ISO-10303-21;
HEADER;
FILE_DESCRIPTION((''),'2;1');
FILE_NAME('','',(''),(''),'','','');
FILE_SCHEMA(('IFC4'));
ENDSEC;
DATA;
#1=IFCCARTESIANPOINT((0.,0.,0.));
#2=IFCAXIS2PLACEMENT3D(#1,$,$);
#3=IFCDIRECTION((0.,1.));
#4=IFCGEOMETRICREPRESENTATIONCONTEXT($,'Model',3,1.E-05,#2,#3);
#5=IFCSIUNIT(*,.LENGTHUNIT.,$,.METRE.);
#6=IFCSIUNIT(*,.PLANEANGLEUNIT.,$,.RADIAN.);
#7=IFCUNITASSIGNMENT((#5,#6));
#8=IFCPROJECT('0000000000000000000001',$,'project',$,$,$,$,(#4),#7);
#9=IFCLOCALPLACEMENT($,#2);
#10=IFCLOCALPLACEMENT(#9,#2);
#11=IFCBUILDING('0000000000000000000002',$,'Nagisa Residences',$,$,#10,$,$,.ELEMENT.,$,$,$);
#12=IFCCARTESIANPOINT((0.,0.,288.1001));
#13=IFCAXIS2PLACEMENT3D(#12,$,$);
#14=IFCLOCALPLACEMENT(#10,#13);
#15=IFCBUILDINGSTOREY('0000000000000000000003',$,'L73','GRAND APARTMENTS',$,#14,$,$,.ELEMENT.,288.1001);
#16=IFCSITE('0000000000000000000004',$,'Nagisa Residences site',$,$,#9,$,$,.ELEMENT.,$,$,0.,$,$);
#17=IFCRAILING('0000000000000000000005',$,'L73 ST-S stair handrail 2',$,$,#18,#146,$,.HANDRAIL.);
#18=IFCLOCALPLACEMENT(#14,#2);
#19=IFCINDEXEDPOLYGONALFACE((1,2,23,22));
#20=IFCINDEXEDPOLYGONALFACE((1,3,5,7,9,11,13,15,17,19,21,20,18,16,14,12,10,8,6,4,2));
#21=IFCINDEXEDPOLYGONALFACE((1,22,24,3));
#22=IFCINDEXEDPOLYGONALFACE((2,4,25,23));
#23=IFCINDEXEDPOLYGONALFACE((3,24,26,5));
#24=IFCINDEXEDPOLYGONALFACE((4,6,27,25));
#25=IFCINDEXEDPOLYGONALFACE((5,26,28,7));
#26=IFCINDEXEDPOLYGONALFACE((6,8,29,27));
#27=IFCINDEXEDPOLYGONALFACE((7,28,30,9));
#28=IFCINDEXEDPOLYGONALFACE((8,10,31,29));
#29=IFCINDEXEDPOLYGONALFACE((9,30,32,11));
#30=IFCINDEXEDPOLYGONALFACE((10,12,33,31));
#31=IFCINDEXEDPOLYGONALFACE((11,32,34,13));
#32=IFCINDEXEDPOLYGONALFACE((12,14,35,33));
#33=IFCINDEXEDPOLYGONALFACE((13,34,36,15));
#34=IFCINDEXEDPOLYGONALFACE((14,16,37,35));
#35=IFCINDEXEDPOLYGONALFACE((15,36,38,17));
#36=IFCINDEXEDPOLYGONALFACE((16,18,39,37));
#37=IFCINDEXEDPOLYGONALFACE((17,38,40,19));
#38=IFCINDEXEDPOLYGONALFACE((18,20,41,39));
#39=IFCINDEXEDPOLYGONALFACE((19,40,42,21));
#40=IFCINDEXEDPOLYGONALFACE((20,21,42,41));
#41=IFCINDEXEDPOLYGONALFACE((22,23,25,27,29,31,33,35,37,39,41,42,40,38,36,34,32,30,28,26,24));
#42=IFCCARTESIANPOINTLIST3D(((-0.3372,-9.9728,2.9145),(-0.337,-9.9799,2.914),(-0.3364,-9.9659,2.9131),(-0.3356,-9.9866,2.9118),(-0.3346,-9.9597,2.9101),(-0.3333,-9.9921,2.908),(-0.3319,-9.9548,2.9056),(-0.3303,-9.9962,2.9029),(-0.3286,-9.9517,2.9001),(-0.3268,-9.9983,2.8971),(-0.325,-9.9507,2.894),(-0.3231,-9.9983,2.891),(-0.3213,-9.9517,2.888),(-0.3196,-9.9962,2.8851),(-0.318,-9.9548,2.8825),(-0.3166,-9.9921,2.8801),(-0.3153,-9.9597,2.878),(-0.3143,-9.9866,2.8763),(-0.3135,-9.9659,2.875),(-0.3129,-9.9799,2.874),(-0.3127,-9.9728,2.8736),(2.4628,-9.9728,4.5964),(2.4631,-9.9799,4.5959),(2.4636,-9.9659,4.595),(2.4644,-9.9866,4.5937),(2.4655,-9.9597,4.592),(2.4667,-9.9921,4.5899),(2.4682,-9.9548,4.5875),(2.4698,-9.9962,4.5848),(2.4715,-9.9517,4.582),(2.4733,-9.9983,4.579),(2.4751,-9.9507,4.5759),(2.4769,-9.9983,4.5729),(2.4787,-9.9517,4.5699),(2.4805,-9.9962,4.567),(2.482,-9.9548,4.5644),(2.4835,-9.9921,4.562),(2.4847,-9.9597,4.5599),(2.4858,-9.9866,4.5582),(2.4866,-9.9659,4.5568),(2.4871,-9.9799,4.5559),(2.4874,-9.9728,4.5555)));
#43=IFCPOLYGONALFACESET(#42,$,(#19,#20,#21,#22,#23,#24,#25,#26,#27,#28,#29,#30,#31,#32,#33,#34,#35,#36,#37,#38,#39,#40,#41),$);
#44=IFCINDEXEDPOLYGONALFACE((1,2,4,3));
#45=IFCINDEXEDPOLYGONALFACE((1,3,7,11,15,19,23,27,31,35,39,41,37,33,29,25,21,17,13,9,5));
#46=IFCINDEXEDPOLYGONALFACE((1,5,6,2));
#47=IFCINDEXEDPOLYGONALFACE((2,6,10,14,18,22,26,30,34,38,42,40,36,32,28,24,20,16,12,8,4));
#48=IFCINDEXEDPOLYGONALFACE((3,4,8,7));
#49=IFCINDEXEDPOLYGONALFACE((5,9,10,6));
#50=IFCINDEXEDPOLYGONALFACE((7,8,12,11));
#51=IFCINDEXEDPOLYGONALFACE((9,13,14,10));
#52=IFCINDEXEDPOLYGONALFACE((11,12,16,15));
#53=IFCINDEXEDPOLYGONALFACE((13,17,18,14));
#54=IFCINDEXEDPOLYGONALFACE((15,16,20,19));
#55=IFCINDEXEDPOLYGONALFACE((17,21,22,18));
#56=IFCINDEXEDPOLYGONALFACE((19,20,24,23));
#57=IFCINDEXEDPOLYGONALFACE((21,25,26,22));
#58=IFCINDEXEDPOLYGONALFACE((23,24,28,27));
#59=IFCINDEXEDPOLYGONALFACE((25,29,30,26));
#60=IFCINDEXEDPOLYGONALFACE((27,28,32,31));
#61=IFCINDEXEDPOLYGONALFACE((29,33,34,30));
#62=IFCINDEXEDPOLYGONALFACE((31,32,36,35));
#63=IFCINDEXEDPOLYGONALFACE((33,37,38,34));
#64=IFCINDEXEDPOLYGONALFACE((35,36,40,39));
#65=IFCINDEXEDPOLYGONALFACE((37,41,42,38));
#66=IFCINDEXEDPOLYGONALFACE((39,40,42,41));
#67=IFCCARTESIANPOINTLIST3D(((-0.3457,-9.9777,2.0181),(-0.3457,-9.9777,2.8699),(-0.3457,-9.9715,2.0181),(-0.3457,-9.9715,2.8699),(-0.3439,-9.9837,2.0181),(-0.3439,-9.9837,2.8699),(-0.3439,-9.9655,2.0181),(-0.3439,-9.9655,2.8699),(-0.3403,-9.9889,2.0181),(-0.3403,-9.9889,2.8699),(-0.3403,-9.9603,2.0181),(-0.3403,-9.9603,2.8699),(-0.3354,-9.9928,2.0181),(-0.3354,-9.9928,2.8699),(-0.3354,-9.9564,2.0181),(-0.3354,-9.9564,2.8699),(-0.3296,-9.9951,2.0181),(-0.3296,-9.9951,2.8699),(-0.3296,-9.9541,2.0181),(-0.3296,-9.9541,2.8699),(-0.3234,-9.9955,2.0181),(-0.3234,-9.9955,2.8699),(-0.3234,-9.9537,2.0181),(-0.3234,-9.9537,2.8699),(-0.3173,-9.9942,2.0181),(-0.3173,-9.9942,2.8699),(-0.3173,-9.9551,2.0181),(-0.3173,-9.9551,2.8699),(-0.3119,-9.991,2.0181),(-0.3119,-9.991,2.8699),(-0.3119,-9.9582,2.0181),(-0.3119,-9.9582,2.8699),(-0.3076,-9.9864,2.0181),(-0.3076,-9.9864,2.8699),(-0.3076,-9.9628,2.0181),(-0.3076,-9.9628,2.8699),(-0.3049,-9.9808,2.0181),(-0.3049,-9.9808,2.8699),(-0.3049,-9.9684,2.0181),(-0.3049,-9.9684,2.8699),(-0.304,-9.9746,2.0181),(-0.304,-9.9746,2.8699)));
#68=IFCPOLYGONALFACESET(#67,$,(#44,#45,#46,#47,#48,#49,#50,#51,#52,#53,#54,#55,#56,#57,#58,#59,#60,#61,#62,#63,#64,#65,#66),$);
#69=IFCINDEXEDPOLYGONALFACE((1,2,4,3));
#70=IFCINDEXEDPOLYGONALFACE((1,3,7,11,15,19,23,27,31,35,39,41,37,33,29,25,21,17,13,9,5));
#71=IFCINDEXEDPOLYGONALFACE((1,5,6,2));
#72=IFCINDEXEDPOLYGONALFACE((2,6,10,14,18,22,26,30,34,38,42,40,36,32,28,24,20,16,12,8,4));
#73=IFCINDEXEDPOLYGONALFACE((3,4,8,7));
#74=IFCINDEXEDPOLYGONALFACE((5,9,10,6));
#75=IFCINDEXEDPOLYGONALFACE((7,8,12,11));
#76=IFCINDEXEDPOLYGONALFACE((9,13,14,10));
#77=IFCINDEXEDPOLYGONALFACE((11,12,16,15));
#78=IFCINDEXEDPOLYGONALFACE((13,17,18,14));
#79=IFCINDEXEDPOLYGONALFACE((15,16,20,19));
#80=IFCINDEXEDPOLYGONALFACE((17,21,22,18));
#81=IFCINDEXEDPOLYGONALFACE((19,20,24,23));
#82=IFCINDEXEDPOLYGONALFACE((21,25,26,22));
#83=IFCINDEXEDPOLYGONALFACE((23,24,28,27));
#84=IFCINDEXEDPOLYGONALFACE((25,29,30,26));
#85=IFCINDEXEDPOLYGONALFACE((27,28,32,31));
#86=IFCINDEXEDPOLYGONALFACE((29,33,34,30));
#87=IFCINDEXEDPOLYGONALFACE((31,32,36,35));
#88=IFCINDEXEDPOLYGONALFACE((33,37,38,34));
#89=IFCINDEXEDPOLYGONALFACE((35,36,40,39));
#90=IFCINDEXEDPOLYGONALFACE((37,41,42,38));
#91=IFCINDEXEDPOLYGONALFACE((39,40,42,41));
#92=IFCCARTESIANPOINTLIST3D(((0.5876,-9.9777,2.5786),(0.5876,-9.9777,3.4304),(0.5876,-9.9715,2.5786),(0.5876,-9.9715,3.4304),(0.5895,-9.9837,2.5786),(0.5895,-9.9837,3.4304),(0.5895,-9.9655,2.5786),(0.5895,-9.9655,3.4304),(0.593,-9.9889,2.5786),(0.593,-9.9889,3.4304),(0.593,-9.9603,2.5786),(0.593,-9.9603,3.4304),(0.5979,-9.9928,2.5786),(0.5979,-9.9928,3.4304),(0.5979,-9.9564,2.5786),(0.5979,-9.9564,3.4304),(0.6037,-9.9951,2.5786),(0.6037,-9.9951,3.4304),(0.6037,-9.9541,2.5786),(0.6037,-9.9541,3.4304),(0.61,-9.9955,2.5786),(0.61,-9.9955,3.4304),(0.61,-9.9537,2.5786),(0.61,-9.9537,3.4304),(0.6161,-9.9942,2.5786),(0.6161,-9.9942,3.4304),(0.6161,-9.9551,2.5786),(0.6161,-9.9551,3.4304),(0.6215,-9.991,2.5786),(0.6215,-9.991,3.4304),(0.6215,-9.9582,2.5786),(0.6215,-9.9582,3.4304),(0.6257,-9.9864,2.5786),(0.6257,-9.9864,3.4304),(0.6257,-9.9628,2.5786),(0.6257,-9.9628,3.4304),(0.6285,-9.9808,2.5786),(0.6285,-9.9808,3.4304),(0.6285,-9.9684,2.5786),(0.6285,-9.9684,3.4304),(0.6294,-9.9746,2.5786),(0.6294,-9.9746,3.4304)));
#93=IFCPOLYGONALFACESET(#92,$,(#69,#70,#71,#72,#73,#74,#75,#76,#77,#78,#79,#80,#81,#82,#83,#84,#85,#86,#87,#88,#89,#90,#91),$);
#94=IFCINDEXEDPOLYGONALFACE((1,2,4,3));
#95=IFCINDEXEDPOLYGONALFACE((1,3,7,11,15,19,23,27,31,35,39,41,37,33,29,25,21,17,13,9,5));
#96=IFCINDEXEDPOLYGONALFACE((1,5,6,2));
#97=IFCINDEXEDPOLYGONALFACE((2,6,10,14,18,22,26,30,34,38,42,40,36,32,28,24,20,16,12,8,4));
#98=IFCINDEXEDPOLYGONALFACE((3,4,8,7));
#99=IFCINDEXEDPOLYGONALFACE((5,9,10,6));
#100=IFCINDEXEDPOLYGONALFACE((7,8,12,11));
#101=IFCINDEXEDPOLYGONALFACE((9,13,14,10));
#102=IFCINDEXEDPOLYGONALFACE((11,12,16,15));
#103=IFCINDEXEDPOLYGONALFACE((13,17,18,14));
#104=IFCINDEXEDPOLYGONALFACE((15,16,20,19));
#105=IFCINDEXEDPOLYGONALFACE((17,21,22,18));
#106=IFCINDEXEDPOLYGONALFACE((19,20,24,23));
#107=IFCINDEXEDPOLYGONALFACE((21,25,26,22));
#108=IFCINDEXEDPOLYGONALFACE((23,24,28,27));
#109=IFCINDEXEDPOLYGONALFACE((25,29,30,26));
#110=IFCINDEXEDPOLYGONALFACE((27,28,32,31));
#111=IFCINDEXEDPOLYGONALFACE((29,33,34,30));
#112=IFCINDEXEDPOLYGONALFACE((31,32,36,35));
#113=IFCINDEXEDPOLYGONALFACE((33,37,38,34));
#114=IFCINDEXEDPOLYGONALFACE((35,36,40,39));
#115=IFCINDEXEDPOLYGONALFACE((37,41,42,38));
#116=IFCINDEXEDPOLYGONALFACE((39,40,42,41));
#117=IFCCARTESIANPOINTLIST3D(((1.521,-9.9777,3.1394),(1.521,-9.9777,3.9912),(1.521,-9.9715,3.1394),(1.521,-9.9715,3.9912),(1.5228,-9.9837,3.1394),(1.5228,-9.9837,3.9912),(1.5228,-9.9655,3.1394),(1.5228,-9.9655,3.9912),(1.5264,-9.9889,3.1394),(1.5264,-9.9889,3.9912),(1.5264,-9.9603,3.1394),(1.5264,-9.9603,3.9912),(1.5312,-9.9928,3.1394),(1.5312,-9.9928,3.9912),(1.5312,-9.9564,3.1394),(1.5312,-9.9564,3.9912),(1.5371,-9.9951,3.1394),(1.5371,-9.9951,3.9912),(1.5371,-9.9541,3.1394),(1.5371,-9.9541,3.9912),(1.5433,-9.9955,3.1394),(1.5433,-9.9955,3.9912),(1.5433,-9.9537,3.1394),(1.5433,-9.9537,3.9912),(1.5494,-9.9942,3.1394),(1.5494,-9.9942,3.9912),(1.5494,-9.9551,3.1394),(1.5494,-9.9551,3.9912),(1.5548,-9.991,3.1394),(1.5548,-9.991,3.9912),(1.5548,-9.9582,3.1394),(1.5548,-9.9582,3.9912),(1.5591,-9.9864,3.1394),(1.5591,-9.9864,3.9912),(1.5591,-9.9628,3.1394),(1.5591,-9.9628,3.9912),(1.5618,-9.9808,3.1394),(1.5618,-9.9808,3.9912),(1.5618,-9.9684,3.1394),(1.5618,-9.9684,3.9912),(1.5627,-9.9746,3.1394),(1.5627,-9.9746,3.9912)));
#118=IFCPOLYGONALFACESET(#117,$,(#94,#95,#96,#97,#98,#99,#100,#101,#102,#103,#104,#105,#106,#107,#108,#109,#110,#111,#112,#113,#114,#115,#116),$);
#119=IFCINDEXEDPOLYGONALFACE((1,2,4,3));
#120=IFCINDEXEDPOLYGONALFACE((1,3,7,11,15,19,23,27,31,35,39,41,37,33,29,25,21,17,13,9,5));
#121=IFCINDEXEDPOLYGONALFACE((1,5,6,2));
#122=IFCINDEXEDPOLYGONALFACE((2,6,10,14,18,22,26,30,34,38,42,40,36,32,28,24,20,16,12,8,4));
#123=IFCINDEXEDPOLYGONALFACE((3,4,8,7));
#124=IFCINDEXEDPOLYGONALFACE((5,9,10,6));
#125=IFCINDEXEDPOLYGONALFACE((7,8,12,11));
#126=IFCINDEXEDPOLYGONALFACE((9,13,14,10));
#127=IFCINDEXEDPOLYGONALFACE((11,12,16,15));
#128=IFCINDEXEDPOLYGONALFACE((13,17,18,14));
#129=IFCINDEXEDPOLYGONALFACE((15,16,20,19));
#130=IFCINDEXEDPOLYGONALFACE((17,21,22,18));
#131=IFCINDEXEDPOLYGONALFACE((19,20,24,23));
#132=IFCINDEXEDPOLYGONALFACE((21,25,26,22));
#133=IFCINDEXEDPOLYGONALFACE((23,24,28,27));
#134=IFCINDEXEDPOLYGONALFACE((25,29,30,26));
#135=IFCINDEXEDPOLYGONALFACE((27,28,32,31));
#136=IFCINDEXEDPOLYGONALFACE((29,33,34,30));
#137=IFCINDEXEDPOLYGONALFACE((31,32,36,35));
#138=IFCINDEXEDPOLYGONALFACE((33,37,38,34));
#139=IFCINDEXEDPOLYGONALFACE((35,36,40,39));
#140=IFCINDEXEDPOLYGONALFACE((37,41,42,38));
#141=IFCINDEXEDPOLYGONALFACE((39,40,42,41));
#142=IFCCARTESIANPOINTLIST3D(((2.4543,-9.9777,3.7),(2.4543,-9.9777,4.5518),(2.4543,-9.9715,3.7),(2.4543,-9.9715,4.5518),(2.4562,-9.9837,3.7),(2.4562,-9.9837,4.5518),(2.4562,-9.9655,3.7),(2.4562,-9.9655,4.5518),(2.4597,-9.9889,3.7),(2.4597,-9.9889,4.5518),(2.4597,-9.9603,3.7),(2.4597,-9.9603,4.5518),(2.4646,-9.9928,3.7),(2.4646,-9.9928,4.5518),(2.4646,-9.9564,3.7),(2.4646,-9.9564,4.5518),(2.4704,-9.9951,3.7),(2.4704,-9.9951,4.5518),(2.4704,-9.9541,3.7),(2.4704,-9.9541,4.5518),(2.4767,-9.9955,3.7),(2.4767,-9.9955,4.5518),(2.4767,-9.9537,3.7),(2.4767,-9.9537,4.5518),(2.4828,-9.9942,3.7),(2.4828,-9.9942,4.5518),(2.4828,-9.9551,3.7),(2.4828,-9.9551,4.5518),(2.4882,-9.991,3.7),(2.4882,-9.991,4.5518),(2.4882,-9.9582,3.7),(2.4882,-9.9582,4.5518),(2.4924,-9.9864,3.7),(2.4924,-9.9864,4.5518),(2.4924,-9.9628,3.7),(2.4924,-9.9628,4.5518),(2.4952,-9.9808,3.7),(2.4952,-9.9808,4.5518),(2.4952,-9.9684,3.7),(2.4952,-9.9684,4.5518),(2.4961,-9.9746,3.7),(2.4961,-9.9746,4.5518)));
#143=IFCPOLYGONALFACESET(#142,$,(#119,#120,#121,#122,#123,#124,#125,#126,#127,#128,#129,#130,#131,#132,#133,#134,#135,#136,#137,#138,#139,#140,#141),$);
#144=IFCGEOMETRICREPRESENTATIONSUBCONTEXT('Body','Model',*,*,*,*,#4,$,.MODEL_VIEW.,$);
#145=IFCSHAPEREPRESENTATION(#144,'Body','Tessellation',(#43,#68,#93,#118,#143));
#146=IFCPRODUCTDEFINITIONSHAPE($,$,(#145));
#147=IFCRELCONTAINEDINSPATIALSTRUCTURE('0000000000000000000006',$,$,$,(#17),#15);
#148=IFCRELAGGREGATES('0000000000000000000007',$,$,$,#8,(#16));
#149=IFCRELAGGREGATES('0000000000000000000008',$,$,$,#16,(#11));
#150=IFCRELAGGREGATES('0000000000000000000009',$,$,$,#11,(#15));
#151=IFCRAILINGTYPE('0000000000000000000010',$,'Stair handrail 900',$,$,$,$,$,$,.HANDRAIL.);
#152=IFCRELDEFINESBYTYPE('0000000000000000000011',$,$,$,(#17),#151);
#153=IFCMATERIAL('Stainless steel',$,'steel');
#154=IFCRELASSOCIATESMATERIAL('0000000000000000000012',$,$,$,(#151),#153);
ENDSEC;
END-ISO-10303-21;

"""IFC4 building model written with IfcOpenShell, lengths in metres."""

from ifc_helpers import new_model, si_unit, direction, frame, origin, origin_2d, place, context, subcontext, project, spatial, circle, extrude, material, type_object, element, save


model = new_model("IFC4")

# Units and contexts
model_context = context("Model", 3, precision=1e-05, world=origin(), true_north=direction((0.0, 1.0)))
body_context = subcontext(model_context, "Body", "Model", "MODEL_VIEW")
ifc_project = project(units=[si_unit("LENGTHUNIT", "METRE"), si_unit("PLANEANGLEUNIT", "RADIAN")], contexts=[model_context])

# Site, building, storey
site_placement = place(None, origin())
site = spatial("IfcSite", under=ifc_project, at=site_placement, Name="Nagisa Residences site", CompositionType="ELEMENT", RefElevation=0.0)
building_placement = place(site_placement, origin())
building = spatial("IfcBuilding", under=site, at=building_placement, Name="Nagisa Residences", CompositionType="ELEMENT")
storey_placement = place(building_placement, frame((0.0, 0.0, 288.1001)))
storey = spatial("IfcBuildingStorey", under=building, at=storey_placement, Name="L73", Description="GRAND APARTMENTS", CompositionType="ELEMENT", Elevation=288.1001)

# Railing
ifc_material_1 = material(Name="Stainless steel", Category="steel")
railing_type = type_object("IfcRailingType", Name="Stair handrail 900", PredefinedType="HANDRAIL", material=ifc_material_1)
railing_placement = place(storey_placement, frame((-0.325, -9.9746, 2.0181)))
element("IfcRailing", 1, at=railing_placement, inside=storey, type_object=railing_type, Name="L73 ST-S stair handrail 2", PredefinedType="HANDRAIL", context=body_context, shape_type="SweptSolid", body=[
    extrude(circle(Radius=0.0239, at=origin_2d()), frame((0.0, 0.0, 0.876), z_axis=(0.857242, 0.0, 0.514913), x_axis=(0.0, 1.0, 0.0)), (0.0, 0.0, 1.0), 3.2664),
    extrude(circle(Radius=0.021, at=origin_2d()), origin(), (0.0, 0.0, 1.0), 0.8518),
    extrude(circle(Radius=0.021, at=origin_2d()), frame((0.9333, 0.0, 0.5605)), (0.0, 0.0, 1.0), 0.8518),
    extrude(circle(Radius=0.021, at=origin_2d()), frame((1.8667, 0.0, 1.1213)), (0.0, 0.0, 1.0), 0.8518),
    extrude(circle(Radius=0.021, at=origin_2d()), frame((2.8, 0.0, 1.6819)), (0.0, 0.0, 1.0), 0.8518),
])

save(model, "model.ifc")
